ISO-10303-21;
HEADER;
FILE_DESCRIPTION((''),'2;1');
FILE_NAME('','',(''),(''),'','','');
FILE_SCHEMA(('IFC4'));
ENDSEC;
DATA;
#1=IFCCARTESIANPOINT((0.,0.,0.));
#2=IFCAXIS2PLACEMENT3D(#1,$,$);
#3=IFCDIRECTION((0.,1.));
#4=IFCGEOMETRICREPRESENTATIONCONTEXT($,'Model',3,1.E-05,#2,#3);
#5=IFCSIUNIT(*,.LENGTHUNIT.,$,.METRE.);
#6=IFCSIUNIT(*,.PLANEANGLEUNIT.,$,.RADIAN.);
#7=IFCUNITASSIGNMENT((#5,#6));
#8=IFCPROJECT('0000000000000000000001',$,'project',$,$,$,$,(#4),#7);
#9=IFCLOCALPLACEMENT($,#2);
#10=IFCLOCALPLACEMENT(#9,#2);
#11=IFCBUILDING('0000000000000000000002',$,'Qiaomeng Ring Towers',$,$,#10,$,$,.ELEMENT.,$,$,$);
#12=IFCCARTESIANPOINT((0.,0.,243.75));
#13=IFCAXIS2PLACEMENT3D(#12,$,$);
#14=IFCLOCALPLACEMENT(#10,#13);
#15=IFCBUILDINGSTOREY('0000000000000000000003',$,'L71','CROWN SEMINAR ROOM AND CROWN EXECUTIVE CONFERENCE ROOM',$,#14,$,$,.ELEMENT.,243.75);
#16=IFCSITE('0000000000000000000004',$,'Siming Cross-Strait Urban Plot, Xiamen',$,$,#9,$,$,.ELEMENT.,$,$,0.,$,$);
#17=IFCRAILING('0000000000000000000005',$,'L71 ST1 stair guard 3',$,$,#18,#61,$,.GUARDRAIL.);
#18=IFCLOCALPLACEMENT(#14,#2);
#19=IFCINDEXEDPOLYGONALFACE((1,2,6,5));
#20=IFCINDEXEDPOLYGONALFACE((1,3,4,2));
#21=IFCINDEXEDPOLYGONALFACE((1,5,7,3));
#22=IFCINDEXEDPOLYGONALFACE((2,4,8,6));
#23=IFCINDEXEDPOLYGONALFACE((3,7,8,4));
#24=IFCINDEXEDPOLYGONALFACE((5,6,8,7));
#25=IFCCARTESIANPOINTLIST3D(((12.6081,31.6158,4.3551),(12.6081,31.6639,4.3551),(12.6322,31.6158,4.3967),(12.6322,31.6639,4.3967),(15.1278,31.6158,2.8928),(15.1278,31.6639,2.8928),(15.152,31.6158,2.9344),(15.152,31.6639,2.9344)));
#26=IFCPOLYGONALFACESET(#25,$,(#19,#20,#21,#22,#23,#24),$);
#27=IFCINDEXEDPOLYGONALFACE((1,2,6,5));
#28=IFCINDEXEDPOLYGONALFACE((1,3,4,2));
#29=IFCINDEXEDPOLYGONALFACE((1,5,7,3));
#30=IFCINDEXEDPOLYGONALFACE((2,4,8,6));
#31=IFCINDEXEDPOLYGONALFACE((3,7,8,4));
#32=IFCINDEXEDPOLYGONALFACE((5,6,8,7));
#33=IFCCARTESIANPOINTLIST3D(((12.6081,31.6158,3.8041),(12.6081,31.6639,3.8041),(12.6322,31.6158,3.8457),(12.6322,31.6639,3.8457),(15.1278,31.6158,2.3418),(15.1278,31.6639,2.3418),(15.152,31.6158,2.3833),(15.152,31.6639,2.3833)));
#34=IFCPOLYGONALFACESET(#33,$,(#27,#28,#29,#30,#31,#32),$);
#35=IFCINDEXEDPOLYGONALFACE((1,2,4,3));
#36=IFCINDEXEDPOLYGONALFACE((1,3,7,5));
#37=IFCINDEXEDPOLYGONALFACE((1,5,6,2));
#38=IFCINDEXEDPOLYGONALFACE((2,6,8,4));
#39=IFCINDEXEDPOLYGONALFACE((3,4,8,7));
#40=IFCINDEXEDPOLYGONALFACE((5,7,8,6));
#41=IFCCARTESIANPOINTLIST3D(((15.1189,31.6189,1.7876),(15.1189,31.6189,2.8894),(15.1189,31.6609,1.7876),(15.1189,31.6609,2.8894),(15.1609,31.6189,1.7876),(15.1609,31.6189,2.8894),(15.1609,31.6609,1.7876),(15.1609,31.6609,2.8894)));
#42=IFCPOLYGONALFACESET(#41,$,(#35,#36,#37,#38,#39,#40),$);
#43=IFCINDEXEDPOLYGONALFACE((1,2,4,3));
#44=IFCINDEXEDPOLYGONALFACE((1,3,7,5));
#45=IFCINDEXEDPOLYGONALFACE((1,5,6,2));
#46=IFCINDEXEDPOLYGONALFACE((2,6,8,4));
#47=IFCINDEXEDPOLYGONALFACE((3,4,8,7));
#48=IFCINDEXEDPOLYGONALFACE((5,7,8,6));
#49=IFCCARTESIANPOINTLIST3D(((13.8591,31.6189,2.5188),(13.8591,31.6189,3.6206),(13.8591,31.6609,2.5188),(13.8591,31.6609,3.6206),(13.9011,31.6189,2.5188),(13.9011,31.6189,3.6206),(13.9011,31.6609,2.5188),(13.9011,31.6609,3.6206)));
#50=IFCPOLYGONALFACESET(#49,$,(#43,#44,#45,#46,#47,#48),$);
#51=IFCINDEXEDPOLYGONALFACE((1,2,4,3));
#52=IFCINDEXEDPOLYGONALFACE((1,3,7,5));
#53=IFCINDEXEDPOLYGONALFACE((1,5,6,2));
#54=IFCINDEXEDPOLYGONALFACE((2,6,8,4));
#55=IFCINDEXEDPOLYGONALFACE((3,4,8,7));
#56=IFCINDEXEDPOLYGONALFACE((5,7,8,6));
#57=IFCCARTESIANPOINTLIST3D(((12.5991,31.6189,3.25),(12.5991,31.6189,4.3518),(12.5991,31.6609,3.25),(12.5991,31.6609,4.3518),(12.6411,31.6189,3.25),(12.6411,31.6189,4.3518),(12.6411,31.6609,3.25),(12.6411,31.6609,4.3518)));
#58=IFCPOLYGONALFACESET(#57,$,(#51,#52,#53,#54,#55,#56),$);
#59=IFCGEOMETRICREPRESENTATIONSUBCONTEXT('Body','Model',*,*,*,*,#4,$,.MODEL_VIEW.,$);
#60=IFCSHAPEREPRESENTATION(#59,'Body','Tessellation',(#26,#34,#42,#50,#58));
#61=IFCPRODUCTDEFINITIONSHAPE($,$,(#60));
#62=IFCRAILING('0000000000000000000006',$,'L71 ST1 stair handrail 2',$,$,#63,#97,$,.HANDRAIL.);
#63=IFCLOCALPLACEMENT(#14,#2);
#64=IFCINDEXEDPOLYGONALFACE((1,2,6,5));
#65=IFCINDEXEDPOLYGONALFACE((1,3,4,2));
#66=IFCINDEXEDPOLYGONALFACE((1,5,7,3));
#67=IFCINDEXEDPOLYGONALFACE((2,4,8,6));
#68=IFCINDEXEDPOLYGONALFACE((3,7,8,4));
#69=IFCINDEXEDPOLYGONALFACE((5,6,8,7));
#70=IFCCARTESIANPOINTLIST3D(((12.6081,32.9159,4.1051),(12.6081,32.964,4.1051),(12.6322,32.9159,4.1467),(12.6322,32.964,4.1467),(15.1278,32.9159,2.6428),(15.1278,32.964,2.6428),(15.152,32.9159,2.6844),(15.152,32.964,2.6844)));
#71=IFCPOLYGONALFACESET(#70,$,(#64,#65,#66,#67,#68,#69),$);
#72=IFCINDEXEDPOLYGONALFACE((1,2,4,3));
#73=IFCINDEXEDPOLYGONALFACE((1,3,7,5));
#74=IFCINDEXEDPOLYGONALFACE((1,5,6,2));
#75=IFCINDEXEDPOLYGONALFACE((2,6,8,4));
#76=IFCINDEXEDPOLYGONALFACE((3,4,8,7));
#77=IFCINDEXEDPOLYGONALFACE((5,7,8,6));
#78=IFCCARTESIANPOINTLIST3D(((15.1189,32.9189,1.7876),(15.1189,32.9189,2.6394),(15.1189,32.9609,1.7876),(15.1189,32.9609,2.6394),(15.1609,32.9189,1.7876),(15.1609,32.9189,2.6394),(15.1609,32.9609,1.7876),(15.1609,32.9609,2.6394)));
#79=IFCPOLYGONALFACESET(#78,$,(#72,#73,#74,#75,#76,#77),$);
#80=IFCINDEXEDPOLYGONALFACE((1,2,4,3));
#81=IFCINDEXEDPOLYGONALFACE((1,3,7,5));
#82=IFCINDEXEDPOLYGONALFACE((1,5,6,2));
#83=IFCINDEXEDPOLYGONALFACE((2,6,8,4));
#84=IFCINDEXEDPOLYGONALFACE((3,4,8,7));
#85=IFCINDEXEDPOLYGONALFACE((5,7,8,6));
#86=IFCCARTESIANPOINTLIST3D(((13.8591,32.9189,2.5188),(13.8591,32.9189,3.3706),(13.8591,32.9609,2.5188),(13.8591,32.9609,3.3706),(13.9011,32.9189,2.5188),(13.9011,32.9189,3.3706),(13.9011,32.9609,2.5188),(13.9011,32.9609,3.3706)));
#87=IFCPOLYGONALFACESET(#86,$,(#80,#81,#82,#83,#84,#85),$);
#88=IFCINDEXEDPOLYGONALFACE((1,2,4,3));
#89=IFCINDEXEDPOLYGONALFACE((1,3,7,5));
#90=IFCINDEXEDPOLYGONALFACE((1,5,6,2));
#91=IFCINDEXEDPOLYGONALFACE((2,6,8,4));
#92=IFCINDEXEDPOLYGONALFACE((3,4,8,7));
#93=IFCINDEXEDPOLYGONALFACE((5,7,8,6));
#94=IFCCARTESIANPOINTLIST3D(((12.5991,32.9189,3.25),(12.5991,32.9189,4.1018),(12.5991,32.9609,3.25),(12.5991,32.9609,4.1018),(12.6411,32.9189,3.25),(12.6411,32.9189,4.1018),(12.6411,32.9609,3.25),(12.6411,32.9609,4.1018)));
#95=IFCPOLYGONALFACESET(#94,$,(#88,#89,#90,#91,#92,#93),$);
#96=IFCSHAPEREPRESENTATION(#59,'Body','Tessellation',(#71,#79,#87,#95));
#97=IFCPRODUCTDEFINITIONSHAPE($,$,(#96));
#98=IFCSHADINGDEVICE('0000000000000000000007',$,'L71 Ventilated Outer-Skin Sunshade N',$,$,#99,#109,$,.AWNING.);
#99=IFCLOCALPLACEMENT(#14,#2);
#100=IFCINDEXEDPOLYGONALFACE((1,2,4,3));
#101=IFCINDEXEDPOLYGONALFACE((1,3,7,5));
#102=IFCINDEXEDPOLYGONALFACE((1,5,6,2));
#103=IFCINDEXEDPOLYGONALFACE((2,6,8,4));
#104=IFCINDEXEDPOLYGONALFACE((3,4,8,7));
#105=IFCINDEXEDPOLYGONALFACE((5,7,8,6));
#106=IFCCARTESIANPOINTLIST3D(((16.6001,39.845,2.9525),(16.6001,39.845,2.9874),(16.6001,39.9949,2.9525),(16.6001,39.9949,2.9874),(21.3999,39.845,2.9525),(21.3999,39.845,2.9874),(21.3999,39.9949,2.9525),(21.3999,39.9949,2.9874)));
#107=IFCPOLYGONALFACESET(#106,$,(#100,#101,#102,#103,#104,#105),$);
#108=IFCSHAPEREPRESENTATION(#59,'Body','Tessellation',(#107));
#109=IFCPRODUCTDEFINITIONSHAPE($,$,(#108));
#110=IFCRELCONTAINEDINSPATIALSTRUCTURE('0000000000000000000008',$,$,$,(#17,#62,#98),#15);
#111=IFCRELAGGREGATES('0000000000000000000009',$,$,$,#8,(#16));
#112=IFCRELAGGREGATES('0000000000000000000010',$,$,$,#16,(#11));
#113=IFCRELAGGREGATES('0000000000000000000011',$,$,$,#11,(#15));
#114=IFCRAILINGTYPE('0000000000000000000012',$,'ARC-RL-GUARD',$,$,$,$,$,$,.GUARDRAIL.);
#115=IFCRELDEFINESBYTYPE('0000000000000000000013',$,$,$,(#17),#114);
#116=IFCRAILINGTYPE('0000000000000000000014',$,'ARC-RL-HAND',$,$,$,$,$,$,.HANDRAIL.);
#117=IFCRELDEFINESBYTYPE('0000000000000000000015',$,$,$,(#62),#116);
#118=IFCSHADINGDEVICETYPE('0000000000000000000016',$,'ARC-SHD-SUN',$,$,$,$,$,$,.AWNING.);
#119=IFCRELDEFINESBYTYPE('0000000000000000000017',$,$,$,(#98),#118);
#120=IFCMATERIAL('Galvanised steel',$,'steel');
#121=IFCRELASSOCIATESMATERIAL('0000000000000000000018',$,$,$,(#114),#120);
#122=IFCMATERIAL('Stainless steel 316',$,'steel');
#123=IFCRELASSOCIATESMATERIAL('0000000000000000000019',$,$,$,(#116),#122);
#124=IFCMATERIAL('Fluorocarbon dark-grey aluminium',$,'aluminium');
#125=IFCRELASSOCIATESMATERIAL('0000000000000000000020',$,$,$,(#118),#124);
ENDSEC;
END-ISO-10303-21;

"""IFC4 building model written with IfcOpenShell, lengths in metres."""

from ifc_helpers import new_model, si_unit, direction, frame, origin, origin_2d, place, context, subcontext, project, spatial, rectangle, extrude, source, transform, mapped, material, material_profile, profile_set, type_object, element, save


model = new_model("IFC4")

# Units and contexts
model_context = context("Model", 3, precision=1e-05, world=origin(), true_north=direction((0.0, 1.0)))
body_context = subcontext(model_context, "Body", "Model", "MODEL_VIEW")
ifc_project = project(units=[si_unit("LENGTHUNIT", "METRE"), si_unit("PLANEANGLEUNIT", "RADIAN")], contexts=[model_context])

# Site, building, storey
site_placement = place(None, origin())
site = spatial("IfcSite", under=ifc_project, at=site_placement, Name="Siming Cross-Strait Urban Plot, Xiamen", CompositionType="ELEMENT", RefElevation=0.0)
building_placement = place(site_placement, origin())
building = spatial("IfcBuilding", under=site, at=building_placement, Name="Qiaomeng Ring Towers", CompositionType="ELEMENT")
storey_placement = place(building_placement, frame((0.0, 0.0, 243.75)))
storey = spatial("IfcBuildingStorey", under=building, at=storey_placement, Name="L71", Description="CROWN SEMINAR ROOM AND CROWN EXECUTIVE CONFERENCE ROOM", CompositionType="ELEMENT", Elevation=243.75)

# Shared definitions
ifc_material_1 = material(Name="Galvanised steel", Category="steel")

# Shared definitions
ifc_material_2 = material(Name="Stainless steel 316", Category="steel")

# Railings
railing_type_1 = type_object("IfcRailingType", Name="ARC-RL-GUARD", PredefinedType="GUARDRAIL", material=ifc_material_1)
railing_1_placement = place(storey_placement, frame((15.1399, 31.6399, 1.7876)))
element("IfcRailing", 1, at=railing_1_placement, inside=storey, type_object=railing_type_1, Name="L71 ST1 stair guard 3", PredefinedType="GUARDRAIL", context=body_context, shape_type="SweptSolid", body=[
    extrude(rectangle(XDim=0.0481, YDim=0.0481, at=origin_2d()), frame((0.0, 0.0, 1.126), z_axis=(-0.864892, 0.0, 0.501958), x_axis=(0.0, -1.0, 0.0)), (0.0, 0.0, 1.0), 2.9133),
    extrude(rectangle(XDim=0.0481, YDim=0.0481, at=origin_2d()), frame((0.0, 0.0, 0.575), z_axis=(-0.864892, 0.0, 0.501958), x_axis=(0.0, -1.0, 0.0)), (0.0, 0.0, 1.0), 2.9133),
    extrude(rectangle(XDim=0.042, YDim=0.042, at=origin_2d()), origin(), (0.0, 0.0, 1.0), 1.1018),
    extrude(rectangle(XDim=0.042, YDim=0.042, at=origin_2d()), frame((-1.2598, 0.0, 0.7312)), (0.0, 0.0, 1.0), 1.1018),
    extrude(rectangle(XDim=0.042, YDim=0.042, at=origin_2d()), frame((-2.5198, 0.0, 1.4624)), (0.0, 0.0, 1.0), 1.1018),
])
railing_type_2 = type_object("IfcRailingType", Name="ARC-RL-HAND", PredefinedType="HANDRAIL", material=ifc_material_2)
railing_2_placement = place(storey_placement, frame((15.1399, 32.9399, 1.7876)))
element("IfcRailing", 2, at=railing_2_placement, inside=storey, type_object=railing_type_2, Name="L71 ST1 stair handrail 2", PredefinedType="HANDRAIL", context=body_context, shape_type="SweptSolid", body=[
    extrude(rectangle(XDim=0.0481, YDim=0.0481, at=origin_2d()), frame((0.0, 0.0, 0.876), z_axis=(-0.864892, 0.0, 0.501958), x_axis=(0.0, -1.0, 0.0)), (0.0, 0.0, 1.0), 2.9133),
    extrude(rectangle(XDim=0.042, YDim=0.042, at=origin_2d()), origin(), (0.0, 0.0, 1.0), 0.8518),
    extrude(rectangle(XDim=0.042, YDim=0.042, at=origin_2d()), frame((-1.2598, 0.0, 0.7312)), (0.0, 0.0, 1.0), 0.8518),
    extrude(rectangle(XDim=0.042, YDim=0.042, at=origin_2d()), frame((-2.5198, 0.0, 1.4624)), (0.0, 0.0, 1.0), 0.8518),
])

# Shading device
ifc_material_3 = material(Name="Fluorocarbon dark-grey aluminium", Category="aluminium")
ifc_material_profile_1 = material_profile(ifc_material_3, rectangle(XDim=0.1499, YDim=0.0349, at=origin_2d()), Name="LV BLADE 150x35")
ifc_profile_set_1 = profile_set([ifc_material_profile_1], Name="Fluorocarbon dark-grey aluminium")
shading_device_type = type_object("IfcShadingDeviceType", Name="ARC-SHD-SUN", PredefinedType="AWNING", material=ifc_profile_set_1)
shared_shape_1 = source(origin(), body_context, "Body", "SweptSolid", [
    extrude(rectangle(XDim=0.1499, YDim=0.0349, at=origin_2d()), origin(), (0.0, 0.0, 1.0), 4.7998),
])
shading_device_placement = place(storey_placement, frame((16.6001, 39.9199, 2.97), z_axis=(1.0, 0.0, 0.0), x_axis=(0.0, 1.0, 0.0)))
element("IfcShadingDevice", 3, at=shading_device_placement, inside=storey, type_object=shading_device_type, Name="L71 Ventilated Outer-Skin Sunshade N", PredefinedType="AWNING", context=body_context, shape_type="MappedRepresentation", body=[
    mapped(shared_shape_1, transform((0.0, 0.0, 0.0), x_axis=(1.0, 0.0, 0.0), y_axis=(0.0, 1.0, 0.0), z_axis=(0.0, 0.0, 1.0), scale=1.0)),
])

save(model, "model.ifc")
